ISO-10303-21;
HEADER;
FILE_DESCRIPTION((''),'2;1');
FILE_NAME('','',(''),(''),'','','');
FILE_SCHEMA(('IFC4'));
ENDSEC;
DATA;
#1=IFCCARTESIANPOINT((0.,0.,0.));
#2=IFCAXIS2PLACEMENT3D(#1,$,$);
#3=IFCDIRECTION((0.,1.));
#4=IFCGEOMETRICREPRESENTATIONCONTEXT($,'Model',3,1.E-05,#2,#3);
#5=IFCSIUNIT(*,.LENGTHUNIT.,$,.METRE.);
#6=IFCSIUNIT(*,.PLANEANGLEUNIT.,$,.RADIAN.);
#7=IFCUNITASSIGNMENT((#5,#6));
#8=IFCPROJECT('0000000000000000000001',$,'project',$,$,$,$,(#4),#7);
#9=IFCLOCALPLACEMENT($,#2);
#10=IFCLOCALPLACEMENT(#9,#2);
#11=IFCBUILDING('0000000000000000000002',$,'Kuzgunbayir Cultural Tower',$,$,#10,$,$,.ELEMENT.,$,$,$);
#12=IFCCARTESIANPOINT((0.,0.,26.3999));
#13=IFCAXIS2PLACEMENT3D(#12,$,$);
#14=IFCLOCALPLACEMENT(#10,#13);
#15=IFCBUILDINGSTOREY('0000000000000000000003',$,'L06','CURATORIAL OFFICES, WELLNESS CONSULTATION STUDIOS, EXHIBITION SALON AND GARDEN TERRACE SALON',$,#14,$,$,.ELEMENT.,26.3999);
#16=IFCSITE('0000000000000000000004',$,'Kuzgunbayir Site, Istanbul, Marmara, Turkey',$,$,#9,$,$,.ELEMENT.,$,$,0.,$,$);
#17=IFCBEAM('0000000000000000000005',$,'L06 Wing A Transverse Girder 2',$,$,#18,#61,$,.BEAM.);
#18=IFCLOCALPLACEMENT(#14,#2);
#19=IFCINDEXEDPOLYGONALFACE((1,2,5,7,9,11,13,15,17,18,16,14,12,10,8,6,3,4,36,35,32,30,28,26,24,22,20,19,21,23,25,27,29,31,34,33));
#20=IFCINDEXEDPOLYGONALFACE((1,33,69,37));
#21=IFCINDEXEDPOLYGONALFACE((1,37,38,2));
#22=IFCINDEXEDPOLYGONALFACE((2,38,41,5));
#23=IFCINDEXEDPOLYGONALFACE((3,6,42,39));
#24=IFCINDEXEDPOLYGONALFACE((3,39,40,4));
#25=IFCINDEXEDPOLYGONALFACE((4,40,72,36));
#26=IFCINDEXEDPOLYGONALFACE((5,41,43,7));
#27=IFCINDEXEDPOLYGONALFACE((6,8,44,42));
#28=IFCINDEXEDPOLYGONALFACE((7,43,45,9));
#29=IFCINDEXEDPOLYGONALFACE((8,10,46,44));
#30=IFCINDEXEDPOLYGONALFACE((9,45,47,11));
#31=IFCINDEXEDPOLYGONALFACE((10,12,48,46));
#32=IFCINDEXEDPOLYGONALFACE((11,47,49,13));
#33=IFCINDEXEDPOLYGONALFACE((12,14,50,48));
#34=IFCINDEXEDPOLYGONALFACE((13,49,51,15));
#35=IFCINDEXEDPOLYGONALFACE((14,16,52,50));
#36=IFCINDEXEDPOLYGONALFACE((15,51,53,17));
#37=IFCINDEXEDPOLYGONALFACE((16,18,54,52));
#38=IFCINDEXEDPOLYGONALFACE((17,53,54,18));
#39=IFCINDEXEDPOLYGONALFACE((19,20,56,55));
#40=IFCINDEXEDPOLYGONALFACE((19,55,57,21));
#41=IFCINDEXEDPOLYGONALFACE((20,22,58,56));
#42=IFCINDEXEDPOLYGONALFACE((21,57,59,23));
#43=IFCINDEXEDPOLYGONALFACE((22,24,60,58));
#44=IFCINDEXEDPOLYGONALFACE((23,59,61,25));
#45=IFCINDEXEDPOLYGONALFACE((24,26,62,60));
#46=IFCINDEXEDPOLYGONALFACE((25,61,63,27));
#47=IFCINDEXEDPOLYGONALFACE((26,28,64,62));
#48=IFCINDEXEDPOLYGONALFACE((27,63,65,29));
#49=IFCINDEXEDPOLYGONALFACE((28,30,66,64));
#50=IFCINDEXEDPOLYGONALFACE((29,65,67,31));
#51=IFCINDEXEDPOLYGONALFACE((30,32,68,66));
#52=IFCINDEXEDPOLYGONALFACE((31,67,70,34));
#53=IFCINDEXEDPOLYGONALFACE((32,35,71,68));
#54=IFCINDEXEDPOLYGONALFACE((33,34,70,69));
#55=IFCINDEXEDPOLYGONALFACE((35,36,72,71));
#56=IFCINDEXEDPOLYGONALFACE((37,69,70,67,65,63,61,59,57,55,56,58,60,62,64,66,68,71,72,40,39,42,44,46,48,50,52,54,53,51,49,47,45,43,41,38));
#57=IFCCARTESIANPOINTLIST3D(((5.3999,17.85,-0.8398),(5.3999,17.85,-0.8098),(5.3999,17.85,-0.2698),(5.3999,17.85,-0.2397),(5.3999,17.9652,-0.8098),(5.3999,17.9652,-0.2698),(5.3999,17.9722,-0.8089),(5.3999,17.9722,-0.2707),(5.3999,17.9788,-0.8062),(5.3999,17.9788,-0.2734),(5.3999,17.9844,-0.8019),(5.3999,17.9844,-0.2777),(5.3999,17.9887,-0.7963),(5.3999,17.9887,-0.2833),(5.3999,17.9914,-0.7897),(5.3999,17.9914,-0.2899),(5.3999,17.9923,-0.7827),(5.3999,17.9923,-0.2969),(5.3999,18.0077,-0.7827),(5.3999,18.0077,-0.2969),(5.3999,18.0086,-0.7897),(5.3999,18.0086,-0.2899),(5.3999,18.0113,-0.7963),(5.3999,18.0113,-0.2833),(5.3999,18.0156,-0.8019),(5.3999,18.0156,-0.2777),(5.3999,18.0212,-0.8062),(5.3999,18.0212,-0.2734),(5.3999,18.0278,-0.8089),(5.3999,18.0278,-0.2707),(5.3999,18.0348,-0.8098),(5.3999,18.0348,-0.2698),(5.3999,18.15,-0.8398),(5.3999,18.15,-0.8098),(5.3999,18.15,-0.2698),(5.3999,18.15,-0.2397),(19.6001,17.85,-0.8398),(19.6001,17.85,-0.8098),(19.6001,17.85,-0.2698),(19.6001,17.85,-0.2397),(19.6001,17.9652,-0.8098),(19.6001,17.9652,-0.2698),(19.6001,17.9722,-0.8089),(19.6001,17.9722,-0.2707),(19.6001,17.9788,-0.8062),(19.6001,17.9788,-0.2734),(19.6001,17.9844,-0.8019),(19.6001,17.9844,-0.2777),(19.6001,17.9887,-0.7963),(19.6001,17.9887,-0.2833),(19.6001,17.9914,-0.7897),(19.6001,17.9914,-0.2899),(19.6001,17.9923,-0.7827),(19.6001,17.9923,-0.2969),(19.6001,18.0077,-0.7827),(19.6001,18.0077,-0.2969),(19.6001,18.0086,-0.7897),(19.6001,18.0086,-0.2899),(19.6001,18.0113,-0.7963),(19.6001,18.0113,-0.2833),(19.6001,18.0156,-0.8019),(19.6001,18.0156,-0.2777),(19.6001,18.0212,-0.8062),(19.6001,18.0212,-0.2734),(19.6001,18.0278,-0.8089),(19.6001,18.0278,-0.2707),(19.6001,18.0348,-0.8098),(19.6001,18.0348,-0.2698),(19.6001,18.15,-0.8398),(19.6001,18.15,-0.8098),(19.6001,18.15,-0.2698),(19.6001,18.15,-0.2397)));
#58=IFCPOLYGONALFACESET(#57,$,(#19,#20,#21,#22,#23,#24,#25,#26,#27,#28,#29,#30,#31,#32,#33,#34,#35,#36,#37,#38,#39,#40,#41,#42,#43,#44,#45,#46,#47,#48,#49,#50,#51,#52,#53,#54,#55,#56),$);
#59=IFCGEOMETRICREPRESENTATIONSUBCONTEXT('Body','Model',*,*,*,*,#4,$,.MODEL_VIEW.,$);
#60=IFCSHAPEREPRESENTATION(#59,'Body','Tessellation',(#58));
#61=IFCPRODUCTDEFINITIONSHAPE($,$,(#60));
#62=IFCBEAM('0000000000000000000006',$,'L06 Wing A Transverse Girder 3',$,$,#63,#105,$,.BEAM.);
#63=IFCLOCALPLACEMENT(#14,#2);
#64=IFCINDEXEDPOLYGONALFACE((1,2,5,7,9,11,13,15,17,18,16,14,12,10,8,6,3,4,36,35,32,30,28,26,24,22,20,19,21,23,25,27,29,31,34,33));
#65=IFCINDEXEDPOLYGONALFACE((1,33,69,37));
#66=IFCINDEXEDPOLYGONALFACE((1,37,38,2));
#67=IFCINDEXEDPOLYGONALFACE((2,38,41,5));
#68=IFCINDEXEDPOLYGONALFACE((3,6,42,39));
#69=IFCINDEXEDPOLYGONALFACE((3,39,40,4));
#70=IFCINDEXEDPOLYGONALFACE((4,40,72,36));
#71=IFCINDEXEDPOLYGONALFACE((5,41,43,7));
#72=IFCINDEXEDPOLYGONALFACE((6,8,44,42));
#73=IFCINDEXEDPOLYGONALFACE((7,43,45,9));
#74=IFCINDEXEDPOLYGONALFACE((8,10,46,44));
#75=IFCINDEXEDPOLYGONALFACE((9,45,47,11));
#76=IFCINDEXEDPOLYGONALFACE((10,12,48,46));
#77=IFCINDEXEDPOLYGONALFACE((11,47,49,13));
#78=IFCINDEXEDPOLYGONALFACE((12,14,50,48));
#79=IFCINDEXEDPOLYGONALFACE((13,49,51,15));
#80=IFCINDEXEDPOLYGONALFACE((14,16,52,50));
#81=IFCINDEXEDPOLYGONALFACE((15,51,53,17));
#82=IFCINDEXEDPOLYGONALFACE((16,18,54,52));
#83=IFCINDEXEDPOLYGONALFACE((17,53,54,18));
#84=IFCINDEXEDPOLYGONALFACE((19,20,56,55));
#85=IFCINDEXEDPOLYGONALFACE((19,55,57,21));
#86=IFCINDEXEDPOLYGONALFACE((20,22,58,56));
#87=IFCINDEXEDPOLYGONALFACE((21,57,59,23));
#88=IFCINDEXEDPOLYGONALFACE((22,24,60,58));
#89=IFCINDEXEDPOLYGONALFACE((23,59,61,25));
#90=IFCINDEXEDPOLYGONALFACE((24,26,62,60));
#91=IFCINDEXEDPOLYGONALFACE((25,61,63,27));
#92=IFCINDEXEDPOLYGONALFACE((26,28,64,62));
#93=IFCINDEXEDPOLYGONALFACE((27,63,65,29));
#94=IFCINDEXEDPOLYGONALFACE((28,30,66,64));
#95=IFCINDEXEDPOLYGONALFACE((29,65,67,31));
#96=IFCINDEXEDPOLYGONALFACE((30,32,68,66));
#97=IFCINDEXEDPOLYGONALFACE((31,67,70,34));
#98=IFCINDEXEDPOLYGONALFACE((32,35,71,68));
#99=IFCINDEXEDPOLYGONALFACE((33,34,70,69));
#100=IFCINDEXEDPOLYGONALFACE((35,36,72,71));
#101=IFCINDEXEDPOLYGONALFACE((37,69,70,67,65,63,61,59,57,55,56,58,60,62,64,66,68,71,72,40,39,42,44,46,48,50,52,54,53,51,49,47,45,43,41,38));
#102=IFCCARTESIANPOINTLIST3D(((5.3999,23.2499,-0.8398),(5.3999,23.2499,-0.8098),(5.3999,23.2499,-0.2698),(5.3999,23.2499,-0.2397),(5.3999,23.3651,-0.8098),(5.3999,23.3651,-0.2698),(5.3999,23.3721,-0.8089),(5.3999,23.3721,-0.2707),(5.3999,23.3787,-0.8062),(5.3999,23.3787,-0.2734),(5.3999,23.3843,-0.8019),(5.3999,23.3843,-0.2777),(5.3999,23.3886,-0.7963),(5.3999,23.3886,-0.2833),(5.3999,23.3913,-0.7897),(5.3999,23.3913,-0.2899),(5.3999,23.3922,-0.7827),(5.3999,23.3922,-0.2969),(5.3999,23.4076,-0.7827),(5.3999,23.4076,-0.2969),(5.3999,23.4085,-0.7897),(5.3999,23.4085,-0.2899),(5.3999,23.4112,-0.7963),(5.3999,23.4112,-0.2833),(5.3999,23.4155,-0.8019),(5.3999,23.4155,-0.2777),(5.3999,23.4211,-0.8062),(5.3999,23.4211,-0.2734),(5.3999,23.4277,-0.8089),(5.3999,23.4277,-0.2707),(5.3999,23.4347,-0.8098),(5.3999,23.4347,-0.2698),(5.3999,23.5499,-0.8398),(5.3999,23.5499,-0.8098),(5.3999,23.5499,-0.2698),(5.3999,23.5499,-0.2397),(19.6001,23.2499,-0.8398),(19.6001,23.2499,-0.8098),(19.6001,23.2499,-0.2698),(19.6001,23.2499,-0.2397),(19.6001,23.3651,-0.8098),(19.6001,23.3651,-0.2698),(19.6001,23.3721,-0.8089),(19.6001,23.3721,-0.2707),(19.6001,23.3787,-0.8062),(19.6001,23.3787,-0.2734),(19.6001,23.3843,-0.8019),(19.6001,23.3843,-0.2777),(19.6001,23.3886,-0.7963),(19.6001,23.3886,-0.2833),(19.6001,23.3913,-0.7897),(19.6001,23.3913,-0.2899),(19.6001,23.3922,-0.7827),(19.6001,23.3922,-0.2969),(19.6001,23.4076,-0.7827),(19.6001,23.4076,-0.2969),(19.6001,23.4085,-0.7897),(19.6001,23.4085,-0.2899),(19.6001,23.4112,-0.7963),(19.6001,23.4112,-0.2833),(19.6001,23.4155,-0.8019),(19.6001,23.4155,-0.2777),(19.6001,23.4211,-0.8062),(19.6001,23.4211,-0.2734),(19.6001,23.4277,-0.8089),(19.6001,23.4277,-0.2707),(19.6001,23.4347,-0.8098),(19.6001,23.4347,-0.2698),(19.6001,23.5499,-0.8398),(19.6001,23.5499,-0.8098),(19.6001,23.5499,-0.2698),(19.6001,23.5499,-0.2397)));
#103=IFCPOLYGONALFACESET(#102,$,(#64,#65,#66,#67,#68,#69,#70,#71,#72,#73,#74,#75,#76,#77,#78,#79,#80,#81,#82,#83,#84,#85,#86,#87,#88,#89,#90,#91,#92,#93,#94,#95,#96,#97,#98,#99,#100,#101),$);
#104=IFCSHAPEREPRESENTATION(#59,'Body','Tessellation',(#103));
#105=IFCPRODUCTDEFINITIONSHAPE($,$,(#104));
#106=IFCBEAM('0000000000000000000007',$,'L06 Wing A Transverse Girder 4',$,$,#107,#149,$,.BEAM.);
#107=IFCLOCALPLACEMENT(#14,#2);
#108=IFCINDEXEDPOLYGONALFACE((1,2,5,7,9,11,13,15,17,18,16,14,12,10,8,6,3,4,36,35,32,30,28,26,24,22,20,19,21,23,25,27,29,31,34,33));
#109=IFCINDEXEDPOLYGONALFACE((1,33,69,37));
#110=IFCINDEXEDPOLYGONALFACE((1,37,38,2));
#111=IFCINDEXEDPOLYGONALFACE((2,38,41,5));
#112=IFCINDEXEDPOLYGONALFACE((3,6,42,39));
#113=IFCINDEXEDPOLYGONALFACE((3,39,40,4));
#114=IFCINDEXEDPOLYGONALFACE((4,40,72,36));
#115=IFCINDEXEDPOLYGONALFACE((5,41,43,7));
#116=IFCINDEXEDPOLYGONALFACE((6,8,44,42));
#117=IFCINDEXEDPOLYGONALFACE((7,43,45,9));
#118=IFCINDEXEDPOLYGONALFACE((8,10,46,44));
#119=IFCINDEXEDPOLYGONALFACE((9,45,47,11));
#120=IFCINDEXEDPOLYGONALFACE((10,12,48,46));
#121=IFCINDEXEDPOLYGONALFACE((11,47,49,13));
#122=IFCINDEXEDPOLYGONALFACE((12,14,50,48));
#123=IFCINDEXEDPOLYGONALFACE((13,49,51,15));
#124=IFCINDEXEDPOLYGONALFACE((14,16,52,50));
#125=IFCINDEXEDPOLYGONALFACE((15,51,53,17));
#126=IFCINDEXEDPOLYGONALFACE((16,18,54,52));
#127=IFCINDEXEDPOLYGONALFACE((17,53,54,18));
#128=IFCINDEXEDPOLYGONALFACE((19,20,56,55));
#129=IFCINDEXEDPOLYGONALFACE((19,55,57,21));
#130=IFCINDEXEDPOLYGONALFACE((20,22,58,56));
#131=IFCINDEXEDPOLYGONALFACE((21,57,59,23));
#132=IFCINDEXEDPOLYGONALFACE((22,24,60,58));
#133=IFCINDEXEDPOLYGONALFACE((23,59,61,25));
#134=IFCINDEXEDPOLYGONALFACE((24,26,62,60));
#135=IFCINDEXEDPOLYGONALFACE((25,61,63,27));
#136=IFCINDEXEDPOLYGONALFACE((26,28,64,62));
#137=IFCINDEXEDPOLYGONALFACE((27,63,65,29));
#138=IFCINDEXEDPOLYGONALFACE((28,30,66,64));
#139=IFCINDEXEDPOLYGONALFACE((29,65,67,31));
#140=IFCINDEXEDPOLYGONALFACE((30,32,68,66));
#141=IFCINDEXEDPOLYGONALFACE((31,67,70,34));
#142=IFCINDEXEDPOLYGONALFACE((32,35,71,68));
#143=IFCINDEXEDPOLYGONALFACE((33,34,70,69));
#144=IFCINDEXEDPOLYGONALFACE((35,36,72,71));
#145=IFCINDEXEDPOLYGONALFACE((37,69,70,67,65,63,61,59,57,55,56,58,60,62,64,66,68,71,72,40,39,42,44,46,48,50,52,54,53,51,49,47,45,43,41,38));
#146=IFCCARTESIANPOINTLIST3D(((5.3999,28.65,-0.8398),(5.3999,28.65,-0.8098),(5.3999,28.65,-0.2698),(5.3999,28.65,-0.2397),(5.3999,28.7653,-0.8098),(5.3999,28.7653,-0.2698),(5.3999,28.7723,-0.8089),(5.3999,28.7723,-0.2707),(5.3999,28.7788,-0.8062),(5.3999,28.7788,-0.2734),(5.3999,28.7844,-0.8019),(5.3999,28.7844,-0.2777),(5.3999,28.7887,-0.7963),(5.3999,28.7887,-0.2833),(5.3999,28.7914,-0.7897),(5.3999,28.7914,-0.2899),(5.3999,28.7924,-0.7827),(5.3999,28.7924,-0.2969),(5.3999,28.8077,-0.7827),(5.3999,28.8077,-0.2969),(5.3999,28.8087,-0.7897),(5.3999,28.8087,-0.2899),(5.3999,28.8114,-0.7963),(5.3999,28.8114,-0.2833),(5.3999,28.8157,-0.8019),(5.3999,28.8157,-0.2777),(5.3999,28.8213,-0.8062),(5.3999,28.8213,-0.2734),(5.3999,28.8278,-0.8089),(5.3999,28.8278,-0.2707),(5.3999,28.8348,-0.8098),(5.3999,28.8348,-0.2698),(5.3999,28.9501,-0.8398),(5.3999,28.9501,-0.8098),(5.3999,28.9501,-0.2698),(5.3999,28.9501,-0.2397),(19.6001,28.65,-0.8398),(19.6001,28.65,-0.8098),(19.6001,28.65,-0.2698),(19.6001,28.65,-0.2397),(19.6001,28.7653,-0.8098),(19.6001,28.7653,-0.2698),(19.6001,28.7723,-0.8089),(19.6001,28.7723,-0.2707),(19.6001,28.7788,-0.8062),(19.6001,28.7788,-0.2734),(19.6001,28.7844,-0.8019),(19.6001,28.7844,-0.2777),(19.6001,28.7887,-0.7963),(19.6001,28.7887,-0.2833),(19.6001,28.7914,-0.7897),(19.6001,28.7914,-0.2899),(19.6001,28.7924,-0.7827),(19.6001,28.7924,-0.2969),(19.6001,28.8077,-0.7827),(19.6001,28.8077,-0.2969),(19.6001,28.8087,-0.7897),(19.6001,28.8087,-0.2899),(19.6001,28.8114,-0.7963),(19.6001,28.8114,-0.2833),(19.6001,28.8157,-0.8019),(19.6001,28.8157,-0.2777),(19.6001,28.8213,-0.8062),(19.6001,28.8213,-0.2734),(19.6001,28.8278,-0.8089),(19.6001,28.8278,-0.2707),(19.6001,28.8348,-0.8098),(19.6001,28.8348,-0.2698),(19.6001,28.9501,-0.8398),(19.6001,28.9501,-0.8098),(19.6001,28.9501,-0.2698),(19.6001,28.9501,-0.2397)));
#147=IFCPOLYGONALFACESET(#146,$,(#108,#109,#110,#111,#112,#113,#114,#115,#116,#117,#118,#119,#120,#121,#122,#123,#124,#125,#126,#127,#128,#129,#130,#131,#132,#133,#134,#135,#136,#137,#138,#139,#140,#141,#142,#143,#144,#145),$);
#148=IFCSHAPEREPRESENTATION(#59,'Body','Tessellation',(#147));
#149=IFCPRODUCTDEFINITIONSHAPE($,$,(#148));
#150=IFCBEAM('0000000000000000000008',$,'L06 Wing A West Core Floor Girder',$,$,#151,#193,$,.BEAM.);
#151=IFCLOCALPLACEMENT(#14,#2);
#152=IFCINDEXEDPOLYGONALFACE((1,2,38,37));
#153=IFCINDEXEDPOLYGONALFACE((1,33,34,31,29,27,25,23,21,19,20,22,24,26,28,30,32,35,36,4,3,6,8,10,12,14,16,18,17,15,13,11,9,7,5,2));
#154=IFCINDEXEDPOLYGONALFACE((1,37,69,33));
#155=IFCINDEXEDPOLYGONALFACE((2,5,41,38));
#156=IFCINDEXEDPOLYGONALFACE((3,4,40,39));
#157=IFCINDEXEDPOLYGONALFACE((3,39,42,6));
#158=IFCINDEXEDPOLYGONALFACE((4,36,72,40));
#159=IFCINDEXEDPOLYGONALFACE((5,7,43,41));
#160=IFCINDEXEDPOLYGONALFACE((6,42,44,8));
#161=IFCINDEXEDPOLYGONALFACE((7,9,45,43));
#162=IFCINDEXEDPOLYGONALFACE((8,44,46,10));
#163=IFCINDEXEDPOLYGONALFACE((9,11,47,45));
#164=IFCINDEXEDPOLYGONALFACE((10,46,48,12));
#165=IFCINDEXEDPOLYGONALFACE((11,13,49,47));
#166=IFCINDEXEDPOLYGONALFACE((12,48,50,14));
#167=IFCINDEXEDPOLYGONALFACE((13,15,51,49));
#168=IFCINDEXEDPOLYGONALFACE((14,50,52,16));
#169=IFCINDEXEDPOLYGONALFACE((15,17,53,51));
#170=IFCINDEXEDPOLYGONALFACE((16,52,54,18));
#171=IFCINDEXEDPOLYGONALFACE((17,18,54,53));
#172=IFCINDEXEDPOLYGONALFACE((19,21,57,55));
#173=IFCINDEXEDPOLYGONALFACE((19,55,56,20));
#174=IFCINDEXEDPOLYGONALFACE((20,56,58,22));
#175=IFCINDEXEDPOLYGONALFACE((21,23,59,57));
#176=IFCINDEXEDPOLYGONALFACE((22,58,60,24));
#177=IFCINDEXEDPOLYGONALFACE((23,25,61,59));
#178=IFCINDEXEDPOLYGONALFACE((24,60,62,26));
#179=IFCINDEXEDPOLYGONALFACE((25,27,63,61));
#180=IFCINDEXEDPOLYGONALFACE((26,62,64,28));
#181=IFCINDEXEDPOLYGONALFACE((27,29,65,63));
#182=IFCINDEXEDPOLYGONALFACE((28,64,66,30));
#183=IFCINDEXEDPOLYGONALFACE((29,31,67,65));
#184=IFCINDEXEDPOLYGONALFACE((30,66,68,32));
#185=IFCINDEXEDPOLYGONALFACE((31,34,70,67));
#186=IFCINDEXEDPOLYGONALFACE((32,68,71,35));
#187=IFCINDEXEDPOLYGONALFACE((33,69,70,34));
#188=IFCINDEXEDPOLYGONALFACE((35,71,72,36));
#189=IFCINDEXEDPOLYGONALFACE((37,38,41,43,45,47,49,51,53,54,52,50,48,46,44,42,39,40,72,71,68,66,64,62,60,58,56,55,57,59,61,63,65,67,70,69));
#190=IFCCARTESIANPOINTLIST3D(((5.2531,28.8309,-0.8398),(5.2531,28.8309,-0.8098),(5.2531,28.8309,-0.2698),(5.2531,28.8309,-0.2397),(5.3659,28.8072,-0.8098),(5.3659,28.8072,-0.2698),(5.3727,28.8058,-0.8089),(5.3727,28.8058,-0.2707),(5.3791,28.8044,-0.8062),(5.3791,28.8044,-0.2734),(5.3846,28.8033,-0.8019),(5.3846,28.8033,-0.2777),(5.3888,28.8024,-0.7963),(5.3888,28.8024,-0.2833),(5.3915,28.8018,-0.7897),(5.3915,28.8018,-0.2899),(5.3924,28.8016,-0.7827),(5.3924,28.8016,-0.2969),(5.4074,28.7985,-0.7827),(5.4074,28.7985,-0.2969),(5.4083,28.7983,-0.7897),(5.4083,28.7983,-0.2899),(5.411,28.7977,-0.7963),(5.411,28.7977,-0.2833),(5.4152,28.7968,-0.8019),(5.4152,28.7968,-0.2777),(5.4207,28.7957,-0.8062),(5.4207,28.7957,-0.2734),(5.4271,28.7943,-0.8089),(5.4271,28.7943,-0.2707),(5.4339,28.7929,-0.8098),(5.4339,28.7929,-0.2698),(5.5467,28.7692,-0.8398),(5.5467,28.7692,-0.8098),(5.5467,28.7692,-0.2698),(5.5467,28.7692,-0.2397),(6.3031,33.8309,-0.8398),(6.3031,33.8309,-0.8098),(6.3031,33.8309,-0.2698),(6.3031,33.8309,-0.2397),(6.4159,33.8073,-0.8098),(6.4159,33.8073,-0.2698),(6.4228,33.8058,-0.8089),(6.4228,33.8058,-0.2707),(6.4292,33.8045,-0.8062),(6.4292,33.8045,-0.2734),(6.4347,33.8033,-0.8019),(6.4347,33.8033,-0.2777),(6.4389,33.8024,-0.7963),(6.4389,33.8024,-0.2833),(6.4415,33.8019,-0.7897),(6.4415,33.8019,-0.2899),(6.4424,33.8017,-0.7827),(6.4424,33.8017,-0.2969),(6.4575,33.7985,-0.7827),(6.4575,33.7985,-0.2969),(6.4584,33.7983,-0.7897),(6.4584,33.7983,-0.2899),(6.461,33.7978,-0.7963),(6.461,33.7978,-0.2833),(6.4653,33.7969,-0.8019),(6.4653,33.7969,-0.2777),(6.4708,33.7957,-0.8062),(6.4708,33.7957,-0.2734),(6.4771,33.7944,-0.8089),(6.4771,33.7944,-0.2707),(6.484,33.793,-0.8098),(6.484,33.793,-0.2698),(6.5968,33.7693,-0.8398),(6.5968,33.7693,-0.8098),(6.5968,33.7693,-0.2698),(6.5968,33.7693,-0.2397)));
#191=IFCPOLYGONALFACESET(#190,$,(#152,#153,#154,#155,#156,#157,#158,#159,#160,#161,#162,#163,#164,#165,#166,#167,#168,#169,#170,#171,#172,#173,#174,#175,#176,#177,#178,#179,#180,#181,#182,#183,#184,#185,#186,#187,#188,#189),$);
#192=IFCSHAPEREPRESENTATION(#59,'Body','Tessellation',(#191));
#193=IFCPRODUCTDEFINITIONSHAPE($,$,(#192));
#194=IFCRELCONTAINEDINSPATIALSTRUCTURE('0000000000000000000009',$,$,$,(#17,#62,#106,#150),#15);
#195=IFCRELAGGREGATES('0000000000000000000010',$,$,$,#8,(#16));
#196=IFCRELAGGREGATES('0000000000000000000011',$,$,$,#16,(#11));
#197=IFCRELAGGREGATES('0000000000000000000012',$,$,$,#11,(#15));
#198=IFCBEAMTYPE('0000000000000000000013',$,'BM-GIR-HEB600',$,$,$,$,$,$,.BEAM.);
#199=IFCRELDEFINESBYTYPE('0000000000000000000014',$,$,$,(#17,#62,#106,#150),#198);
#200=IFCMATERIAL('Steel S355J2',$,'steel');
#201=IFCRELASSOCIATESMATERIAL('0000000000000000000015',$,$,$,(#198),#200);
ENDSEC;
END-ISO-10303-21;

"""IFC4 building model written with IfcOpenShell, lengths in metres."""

from ifc_helpers import new_model, si_unit, direction, frame, origin, origin_2d, place, context, subcontext, project, spatial, i_section, extrude, material, material_profile, profile_set, type_object, element, save


model = new_model("IFC4")

# Units and contexts
model_context = context("Model", 3, precision=1e-05, world=origin(), true_north=direction((0.0, 1.0)))
body_context = subcontext(model_context, "Body", "Model", "MODEL_VIEW")
ifc_project = project(units=[si_unit("LENGTHUNIT", "METRE"), si_unit("PLANEANGLEUNIT", "RADIAN")], contexts=[model_context])

# Site, building, storey
site_placement = place(None, origin())
site = spatial("IfcSite", under=ifc_project, at=site_placement, Name="Kuzgunbayir Site, Istanbul, Marmara, Turkey", CompositionType="ELEMENT", RefElevation=0.0)
building_placement = place(site_placement, origin())
building = spatial("IfcBuilding", under=site, at=building_placement, Name="Kuzgunbayir Cultural Tower", CompositionType="ELEMENT")
storey_placement = place(building_placement, frame((0.0, 0.0, 26.3999)))
storey = spatial("IfcBuildingStorey", under=building, at=storey_placement, Name="L06", Description="CURATORIAL OFFICES, WELLNESS CONSULTATION STUDIOS, EXHIBITION SALON AND GARDEN TERRACE SALON", CompositionType="ELEMENT", Elevation=26.3999)

# Beams
ifc_material_1 = material(Name="Steel S355J2", Category="steel")
ifc_material_profile_1 = material_profile(ifc_material_1, i_section(OverallWidth=0.3, OverallDepth=0.6001, WebThickness=0.0154, FlangeThickness=0.03, FilletRadius=0.0271, at=origin_2d()), Name="HEB 600")
ifc_profile_set_1 = profile_set([ifc_material_profile_1], Name="Steel S355J2")
beam_type_1 = type_object("IfcBeamType", Name="BM-GIR-HEB600", PredefinedType="BEAM", material=ifc_profile_set_1)
for number, where, z_axis, x_axis, name in (
    (1, (5.3999, 18.0, -0.5398), (1.0, 0.0, 0.0), (0.0, 1.0, 0.0), "L06 Wing A Transverse Girder 2"),
    (2, (5.3999, 23.3999, -0.5398), (1.0, 0.0, 0.0), (0.0, 1.0, 0.0), "L06 Wing A Transverse Girder 3"),
    (3, (5.3999, 28.8, -0.5398), (1.0, 0.0, 0.0), (0.0, 1.0, 0.0), "L06 Wing A Transverse Girder 4"),
):
    element("IfcBeam", number, at=place(storey_placement, frame(where, z_axis=z_axis, x_axis=x_axis)), inside=storey, type_object=beam_type_1, Name=name, PredefinedType="BEAM", context=body_context, shape_type="SweptSolid", body=[
        extrude(i_section(OverallWidth=0.3, OverallDepth=0.6001, WebThickness=0.0154, FlangeThickness=0.03, FilletRadius=0.0271, at=origin_2d()), origin(), (0.0, 0.0, 1.0), 14.2002),
    ])
beam_1_placement = place(storey_placement, frame((5.3999, 28.8, -0.5398), z_axis=(0.205526, 0.978652, 0.0), x_axis=(-0.978652, 0.205526, 0.0)))
element("IfcBeam", 4, at=beam_1_placement, inside=storey, type_object=beam_type_1, Name="L06 Wing A West Core Floor Girder", PredefinedType="BEAM", context=body_context, shape_type="SweptSolid", body=[
    extrude(i_section(OverallWidth=0.3, OverallDepth=0.6001, WebThickness=0.0154, FlangeThickness=0.03, FilletRadius=0.0271, at=origin_2d()), origin(), (0.0, 0.0, 1.0), 5.1091),
])

save(model, "model.ifc")
